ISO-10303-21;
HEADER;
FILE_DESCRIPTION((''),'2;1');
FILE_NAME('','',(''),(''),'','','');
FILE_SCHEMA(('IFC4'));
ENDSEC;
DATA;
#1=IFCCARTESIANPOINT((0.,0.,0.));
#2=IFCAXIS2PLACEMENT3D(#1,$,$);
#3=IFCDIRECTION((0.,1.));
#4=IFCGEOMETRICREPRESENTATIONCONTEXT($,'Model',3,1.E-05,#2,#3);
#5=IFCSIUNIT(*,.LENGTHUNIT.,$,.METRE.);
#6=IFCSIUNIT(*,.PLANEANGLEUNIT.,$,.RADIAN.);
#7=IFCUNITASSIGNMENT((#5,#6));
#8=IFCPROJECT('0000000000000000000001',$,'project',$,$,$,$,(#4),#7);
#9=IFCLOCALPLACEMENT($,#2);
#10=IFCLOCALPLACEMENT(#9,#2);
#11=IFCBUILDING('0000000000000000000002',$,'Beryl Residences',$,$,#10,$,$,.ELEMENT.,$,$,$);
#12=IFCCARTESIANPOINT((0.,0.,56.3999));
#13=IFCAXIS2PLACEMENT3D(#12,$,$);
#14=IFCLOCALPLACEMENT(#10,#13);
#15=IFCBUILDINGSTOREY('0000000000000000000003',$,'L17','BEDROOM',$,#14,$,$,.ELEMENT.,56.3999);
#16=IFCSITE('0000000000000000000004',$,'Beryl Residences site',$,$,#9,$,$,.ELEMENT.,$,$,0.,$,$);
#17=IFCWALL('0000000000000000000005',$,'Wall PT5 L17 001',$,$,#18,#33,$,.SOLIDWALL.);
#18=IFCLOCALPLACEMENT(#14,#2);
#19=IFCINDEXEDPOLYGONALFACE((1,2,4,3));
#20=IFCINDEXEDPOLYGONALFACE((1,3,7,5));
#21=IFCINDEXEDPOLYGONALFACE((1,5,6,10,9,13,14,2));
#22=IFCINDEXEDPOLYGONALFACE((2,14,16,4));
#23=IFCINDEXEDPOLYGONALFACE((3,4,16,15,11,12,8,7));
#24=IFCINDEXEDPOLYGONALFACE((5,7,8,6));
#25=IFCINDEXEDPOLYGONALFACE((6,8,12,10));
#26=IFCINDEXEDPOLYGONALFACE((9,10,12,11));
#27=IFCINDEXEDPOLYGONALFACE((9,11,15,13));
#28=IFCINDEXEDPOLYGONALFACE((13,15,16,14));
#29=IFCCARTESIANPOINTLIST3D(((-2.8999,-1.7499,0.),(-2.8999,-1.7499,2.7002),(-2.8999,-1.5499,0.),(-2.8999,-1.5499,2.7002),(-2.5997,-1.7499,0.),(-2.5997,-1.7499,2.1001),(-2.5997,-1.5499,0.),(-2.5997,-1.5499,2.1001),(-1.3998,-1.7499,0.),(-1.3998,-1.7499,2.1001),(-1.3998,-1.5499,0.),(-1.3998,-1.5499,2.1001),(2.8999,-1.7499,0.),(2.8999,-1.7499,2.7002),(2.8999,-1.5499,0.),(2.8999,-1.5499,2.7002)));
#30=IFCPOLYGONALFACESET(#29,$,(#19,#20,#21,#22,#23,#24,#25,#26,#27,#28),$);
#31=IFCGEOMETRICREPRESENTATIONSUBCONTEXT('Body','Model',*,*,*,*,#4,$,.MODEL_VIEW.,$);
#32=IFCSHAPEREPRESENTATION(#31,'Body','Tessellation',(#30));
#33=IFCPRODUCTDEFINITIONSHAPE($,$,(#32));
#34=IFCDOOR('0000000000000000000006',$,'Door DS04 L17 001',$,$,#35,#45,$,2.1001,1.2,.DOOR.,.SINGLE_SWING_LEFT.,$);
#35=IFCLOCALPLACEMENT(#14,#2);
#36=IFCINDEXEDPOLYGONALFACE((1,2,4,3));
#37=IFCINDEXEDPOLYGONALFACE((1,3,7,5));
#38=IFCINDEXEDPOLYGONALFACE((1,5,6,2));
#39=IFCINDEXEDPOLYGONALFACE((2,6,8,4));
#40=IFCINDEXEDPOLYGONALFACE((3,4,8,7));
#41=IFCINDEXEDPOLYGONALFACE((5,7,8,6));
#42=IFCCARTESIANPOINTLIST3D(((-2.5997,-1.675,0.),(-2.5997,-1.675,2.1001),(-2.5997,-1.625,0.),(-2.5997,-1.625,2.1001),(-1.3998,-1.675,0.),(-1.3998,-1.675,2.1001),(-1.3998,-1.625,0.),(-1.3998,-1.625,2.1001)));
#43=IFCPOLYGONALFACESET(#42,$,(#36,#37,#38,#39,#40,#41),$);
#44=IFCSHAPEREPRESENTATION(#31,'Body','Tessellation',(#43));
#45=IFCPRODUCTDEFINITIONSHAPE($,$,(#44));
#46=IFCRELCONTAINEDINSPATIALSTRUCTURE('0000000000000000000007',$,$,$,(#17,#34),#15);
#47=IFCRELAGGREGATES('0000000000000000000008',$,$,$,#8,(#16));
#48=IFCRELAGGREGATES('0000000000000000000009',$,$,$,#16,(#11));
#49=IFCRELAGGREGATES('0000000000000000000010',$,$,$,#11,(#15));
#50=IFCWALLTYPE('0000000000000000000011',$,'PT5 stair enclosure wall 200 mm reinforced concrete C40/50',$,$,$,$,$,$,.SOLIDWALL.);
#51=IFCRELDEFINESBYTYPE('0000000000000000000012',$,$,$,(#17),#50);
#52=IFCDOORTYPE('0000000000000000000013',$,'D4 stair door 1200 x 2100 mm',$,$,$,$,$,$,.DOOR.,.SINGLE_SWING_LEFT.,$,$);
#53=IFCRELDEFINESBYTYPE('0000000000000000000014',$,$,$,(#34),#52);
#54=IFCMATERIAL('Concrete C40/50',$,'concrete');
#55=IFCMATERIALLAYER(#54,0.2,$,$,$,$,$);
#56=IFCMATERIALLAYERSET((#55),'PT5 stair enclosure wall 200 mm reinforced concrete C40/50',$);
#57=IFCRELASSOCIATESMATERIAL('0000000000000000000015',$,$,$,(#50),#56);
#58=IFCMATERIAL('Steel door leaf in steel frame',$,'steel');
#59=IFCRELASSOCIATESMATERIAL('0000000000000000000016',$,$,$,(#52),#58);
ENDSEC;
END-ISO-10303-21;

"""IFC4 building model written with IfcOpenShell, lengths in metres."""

from ifc_helpers import new_model, si_unit, direction, frame, frame_2d, origin, place, context, subcontext, project, spatial, rectangle, extrude, material, layer, layer_set, type_object, element, fill, save


model = new_model("IFC4")

# Units and contexts
model_context = context("Model", 3, precision=1e-05, world=origin(), true_north=direction((0.0, 1.0)))
body_context = subcontext(model_context, "Body", "Model", "MODEL_VIEW")
ifc_project = project(units=[si_unit("LENGTHUNIT", "METRE"), si_unit("PLANEANGLEUNIT", "RADIAN")], contexts=[model_context])

# Site, building, storey
site_placement = place(None, origin())
site = spatial("IfcSite", under=ifc_project, at=site_placement, Name="Beryl Residences site", CompositionType="ELEMENT", RefElevation=0.0)
building_placement = place(site_placement, origin())
building = spatial("IfcBuilding", under=site, at=building_placement, Name="Beryl Residences", CompositionType="ELEMENT")
storey_placement = place(building_placement, frame((0.0, 0.0, 56.3999)))
storey = spatial("IfcBuildingStorey", under=building, at=storey_placement, Name="L17", Description="BEDROOM", CompositionType="ELEMENT", Elevation=56.3999)

# Wall, opening, door
ifc_material_1 = material(Name="Concrete C40/50", Category="concrete")
ifc_layer_1 = layer(ifc_material_1, 0.2)
ifc_layer_set_1 = layer_set([ifc_layer_1], Name="PT5 stair enclosure wall 200 mm reinforced concrete C40/50")
wall_type_1 = type_object("IfcWallType", Name="PT5 stair enclosure wall 200 mm reinforced concrete C40/50", PredefinedType="SOLIDWALL", material=ifc_layer_set_1)
wall_1_placement = place(storey_placement, frame((-2.8999, -1.6499, 0.0), z_axis=(0.0, 0.0, 1.0), x_axis=(1.0, 0.0, 0.0)))
wall_1 = element("IfcWall", 1, at=wall_1_placement, inside=storey, type_object=wall_type_1, Name="Wall PT5 L17 001", PredefinedType="SOLIDWALL", context=body_context, shape_type="SweptSolid", body=[
    extrude(rectangle(XDim=5.7998, YDim=0.2, at=frame_2d((2.8999, 0.0))), origin(), (0.0, 0.0, 1.0), 2.7002),
])
opening_1_placement = place(wall_1_placement, frame((0.3, 0.0, 0.0)))
opening_1 = element("IfcOpeningElement", 2, at=opening_1_placement, cuts=wall_1, PredefinedType="OPENING", context=body_context, shape_type="SweptSolid", body=[
    extrude(rectangle(XDim=1.2, YDim=2.1001, at=frame_2d((0.6001, 1.05))), frame((0.0, 0.1099, 0.0), z_axis=(0.0, -1.0, 0.0), x_axis=(1.0, 0.0, 0.0)), (0.0, 0.0, 1.0), 0.22),
])
ifc_material_2 = material(Name="Steel door leaf in steel frame", Category="steel")
door_type_1 = type_object("IfcDoorType", Name="D4 stair door 1200 x 2100 mm", OperationType="SINGLE_SWING_LEFT", PredefinedType="DOOR", material=ifc_material_2)
door_1_placement = place(opening_1_placement, origin())
door_1 = element("IfcDoor", 3, at=door_1_placement, inside=storey, type_object=door_type_1, Name="Door DS04 L17 001", OperationType="SINGLE_SWING_LEFT", OverallHeight=2.1001, OverallWidth=1.2, PredefinedType="DOOR", context=body_context, shape_type="SweptSolid", body=[
    extrude(rectangle(XDim=1.2, YDim=2.1001, at=frame_2d((0.6001, 1.05))), frame((0.0, 0.0249, 0.0), z_axis=(0.0, -1.0, 0.0), x_axis=(1.0, 0.0, 0.0)), (0.0, 0.0, 1.0), 0.05),
])
fill(opening_1, door_1)

save(model, "model.ifc")
